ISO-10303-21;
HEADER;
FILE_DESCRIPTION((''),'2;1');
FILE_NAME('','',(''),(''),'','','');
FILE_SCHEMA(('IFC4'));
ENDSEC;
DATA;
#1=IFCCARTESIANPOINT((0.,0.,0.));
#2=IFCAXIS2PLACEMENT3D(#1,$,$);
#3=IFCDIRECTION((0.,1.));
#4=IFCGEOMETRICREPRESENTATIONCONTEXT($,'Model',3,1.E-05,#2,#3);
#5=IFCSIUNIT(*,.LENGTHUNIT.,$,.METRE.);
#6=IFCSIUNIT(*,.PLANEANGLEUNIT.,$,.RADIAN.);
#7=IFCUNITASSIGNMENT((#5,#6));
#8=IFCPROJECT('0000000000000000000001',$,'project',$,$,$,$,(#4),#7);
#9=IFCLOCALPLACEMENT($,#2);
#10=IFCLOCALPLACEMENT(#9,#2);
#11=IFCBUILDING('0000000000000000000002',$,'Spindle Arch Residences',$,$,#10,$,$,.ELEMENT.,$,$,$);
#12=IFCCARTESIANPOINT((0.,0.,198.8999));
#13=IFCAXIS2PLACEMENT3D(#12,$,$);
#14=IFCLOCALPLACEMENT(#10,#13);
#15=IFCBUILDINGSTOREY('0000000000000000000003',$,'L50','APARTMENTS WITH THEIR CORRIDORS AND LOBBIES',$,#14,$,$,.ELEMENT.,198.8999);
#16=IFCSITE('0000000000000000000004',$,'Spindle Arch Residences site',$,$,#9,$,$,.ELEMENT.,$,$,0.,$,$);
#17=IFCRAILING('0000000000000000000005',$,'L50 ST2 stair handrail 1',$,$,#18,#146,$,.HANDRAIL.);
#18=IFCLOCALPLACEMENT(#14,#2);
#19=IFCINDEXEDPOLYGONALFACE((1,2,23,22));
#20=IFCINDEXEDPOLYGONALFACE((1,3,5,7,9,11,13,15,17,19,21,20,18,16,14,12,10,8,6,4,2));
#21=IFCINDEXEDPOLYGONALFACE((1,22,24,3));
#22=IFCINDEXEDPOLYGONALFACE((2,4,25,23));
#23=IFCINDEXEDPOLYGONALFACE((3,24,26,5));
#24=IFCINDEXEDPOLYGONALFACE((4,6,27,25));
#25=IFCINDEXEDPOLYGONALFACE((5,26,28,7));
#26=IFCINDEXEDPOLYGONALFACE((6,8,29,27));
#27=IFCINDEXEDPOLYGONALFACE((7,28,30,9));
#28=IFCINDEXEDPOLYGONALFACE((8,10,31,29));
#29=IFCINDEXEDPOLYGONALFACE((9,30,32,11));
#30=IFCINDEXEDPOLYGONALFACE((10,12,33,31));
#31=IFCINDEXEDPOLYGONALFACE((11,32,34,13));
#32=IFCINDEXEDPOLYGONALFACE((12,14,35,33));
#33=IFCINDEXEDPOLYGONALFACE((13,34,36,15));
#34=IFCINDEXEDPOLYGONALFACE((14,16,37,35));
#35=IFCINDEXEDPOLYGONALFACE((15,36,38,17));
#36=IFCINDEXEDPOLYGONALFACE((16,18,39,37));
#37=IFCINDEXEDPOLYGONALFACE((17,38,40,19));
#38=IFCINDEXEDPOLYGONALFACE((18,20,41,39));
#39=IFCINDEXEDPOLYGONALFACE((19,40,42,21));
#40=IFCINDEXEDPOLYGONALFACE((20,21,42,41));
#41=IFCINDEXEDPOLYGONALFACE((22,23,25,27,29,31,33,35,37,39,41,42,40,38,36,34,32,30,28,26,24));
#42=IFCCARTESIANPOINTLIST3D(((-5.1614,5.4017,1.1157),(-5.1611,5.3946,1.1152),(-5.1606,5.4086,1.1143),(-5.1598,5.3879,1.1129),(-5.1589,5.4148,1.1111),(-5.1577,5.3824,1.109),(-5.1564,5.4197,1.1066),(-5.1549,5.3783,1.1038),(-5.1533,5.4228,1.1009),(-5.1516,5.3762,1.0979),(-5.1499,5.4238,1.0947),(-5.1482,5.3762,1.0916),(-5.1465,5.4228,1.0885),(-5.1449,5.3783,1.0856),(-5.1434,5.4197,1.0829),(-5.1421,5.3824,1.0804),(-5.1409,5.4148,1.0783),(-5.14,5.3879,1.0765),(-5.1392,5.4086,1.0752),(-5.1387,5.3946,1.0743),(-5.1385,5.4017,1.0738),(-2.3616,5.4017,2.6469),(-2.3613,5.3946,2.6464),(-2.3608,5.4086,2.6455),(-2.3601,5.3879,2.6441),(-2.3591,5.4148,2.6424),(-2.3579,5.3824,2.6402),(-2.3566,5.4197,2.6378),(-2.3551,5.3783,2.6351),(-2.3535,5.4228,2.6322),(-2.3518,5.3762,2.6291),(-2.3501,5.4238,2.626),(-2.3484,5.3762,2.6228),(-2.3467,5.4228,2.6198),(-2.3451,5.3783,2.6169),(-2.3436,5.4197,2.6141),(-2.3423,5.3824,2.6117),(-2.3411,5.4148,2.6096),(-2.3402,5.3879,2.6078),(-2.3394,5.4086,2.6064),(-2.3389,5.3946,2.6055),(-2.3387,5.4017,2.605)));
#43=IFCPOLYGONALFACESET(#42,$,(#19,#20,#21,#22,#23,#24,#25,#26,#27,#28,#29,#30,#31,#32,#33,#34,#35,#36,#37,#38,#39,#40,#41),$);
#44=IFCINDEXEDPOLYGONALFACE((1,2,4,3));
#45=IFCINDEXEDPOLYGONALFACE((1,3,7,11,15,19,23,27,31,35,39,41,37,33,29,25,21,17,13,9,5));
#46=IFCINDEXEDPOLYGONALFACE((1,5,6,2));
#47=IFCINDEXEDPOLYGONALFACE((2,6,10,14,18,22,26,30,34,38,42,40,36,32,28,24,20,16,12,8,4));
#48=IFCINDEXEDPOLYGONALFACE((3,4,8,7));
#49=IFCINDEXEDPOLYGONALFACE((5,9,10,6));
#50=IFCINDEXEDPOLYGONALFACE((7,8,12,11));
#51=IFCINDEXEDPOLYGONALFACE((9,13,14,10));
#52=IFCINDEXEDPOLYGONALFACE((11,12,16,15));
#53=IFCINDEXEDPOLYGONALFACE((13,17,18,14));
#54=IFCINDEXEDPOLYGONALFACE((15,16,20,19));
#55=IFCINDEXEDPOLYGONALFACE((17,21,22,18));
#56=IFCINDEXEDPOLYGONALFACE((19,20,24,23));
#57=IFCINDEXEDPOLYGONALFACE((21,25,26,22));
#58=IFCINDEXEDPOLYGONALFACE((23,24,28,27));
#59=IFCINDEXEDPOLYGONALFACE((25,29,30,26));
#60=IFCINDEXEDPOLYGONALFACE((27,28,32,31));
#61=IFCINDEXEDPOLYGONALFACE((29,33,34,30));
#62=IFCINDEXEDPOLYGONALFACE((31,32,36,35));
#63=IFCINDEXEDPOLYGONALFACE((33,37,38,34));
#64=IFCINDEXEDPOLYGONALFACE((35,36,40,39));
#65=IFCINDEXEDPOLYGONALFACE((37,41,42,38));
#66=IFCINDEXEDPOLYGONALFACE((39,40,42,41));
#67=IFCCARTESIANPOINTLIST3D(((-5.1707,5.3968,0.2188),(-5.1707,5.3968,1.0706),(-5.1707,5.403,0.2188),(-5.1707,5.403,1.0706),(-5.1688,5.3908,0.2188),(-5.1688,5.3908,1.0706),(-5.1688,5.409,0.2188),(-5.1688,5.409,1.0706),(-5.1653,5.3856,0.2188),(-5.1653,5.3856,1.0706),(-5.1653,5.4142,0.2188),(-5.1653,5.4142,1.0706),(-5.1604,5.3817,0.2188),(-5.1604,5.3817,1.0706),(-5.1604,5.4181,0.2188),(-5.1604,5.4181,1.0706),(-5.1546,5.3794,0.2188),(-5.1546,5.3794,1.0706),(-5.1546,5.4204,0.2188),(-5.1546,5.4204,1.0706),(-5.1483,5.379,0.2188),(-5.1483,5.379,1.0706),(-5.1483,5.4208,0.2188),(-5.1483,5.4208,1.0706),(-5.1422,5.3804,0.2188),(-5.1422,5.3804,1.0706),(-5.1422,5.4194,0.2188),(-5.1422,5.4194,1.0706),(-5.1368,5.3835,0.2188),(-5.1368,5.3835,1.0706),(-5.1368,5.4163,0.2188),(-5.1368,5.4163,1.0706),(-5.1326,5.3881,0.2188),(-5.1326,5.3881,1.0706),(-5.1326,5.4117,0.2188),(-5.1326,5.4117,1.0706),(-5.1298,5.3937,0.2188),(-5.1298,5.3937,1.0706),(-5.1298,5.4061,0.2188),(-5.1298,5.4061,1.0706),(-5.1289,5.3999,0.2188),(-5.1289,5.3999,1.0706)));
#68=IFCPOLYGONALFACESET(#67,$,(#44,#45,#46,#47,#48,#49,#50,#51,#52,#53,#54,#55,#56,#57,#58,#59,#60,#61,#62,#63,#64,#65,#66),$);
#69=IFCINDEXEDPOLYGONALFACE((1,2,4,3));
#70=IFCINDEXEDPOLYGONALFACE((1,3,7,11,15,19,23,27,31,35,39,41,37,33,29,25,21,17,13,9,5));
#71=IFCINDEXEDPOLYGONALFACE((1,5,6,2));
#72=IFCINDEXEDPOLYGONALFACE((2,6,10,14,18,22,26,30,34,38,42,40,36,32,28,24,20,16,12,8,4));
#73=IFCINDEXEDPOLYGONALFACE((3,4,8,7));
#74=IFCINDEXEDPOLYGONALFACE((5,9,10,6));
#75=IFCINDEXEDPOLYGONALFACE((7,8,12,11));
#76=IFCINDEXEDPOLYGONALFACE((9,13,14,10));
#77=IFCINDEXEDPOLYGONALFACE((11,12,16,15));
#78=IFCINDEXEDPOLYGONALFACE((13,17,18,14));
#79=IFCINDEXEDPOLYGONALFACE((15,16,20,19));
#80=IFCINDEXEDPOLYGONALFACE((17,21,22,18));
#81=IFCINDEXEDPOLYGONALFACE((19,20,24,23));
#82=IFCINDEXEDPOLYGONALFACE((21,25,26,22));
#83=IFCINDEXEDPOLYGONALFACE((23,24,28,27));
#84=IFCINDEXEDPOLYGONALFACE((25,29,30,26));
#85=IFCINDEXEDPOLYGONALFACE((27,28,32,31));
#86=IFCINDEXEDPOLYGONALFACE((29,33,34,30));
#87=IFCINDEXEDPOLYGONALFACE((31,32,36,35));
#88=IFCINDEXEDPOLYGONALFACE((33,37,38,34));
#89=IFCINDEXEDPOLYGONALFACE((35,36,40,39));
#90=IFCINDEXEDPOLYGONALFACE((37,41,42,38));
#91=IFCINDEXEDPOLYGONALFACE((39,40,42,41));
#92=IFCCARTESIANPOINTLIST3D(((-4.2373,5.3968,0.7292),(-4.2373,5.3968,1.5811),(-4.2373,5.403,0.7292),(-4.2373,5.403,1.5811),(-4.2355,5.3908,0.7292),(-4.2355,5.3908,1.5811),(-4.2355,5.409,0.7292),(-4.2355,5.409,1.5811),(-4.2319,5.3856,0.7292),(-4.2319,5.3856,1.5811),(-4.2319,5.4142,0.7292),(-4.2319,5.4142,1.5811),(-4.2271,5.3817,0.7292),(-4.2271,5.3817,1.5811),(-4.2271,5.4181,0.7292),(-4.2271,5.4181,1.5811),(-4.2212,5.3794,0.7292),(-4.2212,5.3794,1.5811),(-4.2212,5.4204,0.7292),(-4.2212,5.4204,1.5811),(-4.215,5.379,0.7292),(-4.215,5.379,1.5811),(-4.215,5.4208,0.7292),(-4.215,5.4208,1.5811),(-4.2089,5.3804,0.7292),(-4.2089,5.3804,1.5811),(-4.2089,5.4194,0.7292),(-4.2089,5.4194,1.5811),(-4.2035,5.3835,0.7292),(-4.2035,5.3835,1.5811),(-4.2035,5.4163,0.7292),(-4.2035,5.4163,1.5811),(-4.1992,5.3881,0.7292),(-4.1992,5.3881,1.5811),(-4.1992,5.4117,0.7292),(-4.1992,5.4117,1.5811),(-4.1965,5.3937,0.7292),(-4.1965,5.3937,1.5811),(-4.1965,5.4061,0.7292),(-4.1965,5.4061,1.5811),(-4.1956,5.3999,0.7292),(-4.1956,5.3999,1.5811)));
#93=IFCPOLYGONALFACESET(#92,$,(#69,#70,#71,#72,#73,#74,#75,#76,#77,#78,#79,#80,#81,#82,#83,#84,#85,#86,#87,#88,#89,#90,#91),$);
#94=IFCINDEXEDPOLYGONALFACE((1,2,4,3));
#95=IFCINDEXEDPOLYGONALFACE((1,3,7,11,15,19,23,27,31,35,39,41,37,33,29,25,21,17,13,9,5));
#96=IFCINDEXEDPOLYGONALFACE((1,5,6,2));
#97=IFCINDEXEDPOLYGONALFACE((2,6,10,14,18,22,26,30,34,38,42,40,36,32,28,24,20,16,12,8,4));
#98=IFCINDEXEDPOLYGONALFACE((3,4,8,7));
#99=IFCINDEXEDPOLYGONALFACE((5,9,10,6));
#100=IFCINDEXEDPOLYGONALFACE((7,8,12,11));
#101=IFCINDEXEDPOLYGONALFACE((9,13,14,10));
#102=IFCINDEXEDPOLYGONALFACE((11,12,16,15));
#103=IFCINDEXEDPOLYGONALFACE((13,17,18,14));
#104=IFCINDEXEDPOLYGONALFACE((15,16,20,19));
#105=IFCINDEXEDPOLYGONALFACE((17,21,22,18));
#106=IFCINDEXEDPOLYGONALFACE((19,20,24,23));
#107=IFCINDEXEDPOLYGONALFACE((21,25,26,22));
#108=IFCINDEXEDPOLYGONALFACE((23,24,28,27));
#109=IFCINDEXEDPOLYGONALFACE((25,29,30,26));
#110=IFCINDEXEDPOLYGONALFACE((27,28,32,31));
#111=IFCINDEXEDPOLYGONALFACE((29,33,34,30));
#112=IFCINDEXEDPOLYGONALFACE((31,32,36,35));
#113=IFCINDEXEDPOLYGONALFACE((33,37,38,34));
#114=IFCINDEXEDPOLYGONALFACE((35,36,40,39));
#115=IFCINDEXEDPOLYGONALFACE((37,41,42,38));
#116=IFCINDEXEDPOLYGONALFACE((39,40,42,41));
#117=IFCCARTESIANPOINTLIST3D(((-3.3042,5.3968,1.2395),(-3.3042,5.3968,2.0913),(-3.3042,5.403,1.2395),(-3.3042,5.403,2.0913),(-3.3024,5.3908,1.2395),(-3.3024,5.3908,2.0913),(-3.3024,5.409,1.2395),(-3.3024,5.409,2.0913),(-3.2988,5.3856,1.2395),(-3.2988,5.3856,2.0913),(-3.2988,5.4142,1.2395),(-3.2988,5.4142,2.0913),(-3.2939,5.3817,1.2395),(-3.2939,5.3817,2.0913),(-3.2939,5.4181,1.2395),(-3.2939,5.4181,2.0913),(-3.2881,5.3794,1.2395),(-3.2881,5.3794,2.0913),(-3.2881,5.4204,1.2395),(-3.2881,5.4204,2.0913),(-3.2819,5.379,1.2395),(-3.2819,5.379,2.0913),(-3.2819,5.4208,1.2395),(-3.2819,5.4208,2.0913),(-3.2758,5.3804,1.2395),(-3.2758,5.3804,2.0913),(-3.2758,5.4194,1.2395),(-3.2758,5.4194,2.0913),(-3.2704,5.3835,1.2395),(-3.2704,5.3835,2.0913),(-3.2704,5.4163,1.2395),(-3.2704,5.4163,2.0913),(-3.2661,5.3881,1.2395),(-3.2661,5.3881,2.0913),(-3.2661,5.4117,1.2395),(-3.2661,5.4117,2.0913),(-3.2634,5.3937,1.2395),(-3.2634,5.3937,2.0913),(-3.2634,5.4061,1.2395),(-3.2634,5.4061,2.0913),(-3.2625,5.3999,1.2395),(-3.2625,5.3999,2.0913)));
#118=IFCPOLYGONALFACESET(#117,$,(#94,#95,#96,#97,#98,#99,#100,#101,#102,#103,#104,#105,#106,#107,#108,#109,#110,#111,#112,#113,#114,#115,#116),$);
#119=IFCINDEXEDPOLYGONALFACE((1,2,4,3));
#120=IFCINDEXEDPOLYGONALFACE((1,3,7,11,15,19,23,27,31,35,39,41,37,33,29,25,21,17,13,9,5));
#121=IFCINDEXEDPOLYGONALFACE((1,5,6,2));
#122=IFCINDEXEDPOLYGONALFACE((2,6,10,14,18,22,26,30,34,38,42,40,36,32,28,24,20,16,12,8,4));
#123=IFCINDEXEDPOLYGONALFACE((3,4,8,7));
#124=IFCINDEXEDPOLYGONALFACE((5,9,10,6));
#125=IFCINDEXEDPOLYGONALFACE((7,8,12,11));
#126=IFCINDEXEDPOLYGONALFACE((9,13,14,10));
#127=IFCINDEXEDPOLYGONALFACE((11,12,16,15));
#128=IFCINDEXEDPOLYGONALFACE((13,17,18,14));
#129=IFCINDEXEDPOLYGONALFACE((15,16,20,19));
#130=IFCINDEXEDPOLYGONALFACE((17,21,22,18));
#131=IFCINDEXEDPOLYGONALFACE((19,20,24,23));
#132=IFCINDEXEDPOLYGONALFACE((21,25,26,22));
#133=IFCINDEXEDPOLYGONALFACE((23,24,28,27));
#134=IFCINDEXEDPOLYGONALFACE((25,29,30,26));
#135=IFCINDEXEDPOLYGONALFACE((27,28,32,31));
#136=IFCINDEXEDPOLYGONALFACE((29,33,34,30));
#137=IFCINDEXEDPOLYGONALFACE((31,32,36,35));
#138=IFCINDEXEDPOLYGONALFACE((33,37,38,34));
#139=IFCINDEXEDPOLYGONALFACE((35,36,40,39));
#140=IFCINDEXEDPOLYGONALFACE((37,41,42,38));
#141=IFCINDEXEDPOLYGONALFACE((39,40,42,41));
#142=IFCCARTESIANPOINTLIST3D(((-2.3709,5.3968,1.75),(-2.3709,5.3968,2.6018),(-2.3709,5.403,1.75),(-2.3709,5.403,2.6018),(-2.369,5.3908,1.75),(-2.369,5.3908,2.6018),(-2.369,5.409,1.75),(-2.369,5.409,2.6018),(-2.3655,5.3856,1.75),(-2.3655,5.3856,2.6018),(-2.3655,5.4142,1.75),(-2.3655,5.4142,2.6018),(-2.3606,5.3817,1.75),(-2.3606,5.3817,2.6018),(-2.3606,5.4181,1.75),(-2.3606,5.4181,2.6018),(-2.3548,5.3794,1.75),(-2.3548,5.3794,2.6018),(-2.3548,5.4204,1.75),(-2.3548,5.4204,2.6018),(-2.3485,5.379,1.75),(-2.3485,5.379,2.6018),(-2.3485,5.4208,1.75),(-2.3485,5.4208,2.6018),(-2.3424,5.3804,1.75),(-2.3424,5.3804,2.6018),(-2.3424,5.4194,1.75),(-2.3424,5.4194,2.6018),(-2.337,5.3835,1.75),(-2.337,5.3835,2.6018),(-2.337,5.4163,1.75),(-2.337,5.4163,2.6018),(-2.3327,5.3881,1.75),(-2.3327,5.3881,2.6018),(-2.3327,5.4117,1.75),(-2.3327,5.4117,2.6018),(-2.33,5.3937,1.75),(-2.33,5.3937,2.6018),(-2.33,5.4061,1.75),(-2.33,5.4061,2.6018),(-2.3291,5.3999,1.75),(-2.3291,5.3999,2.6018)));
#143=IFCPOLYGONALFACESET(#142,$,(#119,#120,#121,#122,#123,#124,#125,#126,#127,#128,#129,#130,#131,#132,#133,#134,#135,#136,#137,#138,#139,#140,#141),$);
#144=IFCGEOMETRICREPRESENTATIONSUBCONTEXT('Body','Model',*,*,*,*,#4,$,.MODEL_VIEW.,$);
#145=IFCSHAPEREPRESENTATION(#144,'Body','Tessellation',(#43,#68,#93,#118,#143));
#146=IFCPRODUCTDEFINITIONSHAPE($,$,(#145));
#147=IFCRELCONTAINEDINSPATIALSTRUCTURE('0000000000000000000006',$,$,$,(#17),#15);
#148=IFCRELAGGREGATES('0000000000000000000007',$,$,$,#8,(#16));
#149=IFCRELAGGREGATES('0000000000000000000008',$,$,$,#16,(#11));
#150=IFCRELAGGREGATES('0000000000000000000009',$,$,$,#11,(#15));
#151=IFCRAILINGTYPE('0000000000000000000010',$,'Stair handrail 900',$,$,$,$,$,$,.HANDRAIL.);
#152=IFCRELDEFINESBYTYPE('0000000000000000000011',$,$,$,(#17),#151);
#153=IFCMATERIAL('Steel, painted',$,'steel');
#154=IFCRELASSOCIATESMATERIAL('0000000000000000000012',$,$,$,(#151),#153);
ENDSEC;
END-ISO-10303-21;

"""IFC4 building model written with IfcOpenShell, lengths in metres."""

from ifc_helpers import new_model, si_unit, direction, frame, origin, origin_2d, place, context, subcontext, project, spatial, circle, extrude, material, type_object, element, save


model = new_model("IFC4")

# Units and contexts
model_context = context("Model", 3, precision=1e-05, world=origin(), true_north=direction((0.0, 1.0)))
body_context = subcontext(model_context, "Body", "Model", "MODEL_VIEW")
ifc_project = project(units=[si_unit("LENGTHUNIT", "METRE"), si_unit("PLANEANGLEUNIT", "RADIAN")], contexts=[model_context])

# Site, building, storey
site_placement = place(None, origin())
site = spatial("IfcSite", under=ifc_project, at=site_placement, Name="Spindle Arch Residences site", CompositionType="ELEMENT", RefElevation=0.0)
building_placement = place(site_placement, origin())
building = spatial("IfcBuilding", under=site, at=building_placement, Name="Spindle Arch Residences", CompositionType="ELEMENT")
storey_placement = place(building_placement, frame((0.0, 0.0, 198.8999)))
storey = spatial("IfcBuildingStorey", under=building, at=storey_placement, Name="L50", Description="APARTMENTS WITH THEIR CORRIDORS AND LOBBIES", CompositionType="ELEMENT", Elevation=198.8999)

# Railing
ifc_material_1 = material(Name="Steel, painted", Category="steel")
railing_type_1 = type_object("IfcRailingType", Name="Stair handrail 900", PredefinedType="HANDRAIL", material=ifc_material_1)
railing_1_placement = place(storey_placement, frame((-5.1499, 5.3999, 0.2188)))
element("IfcRailing", 1, at=railing_1_placement, inside=storey, type_object=railing_type_1, Name="L50 ST2 stair handrail 1", PredefinedType="HANDRAIL", context=body_context, shape_type="SweptSolid", body=[
    extrude(circle(Radius=0.0239, at=origin_2d()), frame((0.0, 0.0, 0.876), z_axis=(0.877357, 0.0, 0.479838), x_axis=(0.0, 1.0, 0.0)), (0.0, 0.0, 1.0), 3.1912),
    extrude(circle(Radius=0.021, at=origin_2d()), origin(), (0.0, 0.0, 1.0), 0.8518),
    extrude(circle(Radius=0.021, at=origin_2d()), frame((0.9333, 0.0, 0.5105)), (0.0, 0.0, 1.0), 0.8518),
    extrude(circle(Radius=0.021, at=origin_2d()), frame((1.8665, 0.0, 1.0208)), (0.0, 0.0, 1.0), 0.8518),
    extrude(circle(Radius=0.021, at=origin_2d()), frame((2.7998, 0.0, 1.5312)), (0.0, 0.0, 1.0), 0.8518),
])

save(model, "model.ifc")
